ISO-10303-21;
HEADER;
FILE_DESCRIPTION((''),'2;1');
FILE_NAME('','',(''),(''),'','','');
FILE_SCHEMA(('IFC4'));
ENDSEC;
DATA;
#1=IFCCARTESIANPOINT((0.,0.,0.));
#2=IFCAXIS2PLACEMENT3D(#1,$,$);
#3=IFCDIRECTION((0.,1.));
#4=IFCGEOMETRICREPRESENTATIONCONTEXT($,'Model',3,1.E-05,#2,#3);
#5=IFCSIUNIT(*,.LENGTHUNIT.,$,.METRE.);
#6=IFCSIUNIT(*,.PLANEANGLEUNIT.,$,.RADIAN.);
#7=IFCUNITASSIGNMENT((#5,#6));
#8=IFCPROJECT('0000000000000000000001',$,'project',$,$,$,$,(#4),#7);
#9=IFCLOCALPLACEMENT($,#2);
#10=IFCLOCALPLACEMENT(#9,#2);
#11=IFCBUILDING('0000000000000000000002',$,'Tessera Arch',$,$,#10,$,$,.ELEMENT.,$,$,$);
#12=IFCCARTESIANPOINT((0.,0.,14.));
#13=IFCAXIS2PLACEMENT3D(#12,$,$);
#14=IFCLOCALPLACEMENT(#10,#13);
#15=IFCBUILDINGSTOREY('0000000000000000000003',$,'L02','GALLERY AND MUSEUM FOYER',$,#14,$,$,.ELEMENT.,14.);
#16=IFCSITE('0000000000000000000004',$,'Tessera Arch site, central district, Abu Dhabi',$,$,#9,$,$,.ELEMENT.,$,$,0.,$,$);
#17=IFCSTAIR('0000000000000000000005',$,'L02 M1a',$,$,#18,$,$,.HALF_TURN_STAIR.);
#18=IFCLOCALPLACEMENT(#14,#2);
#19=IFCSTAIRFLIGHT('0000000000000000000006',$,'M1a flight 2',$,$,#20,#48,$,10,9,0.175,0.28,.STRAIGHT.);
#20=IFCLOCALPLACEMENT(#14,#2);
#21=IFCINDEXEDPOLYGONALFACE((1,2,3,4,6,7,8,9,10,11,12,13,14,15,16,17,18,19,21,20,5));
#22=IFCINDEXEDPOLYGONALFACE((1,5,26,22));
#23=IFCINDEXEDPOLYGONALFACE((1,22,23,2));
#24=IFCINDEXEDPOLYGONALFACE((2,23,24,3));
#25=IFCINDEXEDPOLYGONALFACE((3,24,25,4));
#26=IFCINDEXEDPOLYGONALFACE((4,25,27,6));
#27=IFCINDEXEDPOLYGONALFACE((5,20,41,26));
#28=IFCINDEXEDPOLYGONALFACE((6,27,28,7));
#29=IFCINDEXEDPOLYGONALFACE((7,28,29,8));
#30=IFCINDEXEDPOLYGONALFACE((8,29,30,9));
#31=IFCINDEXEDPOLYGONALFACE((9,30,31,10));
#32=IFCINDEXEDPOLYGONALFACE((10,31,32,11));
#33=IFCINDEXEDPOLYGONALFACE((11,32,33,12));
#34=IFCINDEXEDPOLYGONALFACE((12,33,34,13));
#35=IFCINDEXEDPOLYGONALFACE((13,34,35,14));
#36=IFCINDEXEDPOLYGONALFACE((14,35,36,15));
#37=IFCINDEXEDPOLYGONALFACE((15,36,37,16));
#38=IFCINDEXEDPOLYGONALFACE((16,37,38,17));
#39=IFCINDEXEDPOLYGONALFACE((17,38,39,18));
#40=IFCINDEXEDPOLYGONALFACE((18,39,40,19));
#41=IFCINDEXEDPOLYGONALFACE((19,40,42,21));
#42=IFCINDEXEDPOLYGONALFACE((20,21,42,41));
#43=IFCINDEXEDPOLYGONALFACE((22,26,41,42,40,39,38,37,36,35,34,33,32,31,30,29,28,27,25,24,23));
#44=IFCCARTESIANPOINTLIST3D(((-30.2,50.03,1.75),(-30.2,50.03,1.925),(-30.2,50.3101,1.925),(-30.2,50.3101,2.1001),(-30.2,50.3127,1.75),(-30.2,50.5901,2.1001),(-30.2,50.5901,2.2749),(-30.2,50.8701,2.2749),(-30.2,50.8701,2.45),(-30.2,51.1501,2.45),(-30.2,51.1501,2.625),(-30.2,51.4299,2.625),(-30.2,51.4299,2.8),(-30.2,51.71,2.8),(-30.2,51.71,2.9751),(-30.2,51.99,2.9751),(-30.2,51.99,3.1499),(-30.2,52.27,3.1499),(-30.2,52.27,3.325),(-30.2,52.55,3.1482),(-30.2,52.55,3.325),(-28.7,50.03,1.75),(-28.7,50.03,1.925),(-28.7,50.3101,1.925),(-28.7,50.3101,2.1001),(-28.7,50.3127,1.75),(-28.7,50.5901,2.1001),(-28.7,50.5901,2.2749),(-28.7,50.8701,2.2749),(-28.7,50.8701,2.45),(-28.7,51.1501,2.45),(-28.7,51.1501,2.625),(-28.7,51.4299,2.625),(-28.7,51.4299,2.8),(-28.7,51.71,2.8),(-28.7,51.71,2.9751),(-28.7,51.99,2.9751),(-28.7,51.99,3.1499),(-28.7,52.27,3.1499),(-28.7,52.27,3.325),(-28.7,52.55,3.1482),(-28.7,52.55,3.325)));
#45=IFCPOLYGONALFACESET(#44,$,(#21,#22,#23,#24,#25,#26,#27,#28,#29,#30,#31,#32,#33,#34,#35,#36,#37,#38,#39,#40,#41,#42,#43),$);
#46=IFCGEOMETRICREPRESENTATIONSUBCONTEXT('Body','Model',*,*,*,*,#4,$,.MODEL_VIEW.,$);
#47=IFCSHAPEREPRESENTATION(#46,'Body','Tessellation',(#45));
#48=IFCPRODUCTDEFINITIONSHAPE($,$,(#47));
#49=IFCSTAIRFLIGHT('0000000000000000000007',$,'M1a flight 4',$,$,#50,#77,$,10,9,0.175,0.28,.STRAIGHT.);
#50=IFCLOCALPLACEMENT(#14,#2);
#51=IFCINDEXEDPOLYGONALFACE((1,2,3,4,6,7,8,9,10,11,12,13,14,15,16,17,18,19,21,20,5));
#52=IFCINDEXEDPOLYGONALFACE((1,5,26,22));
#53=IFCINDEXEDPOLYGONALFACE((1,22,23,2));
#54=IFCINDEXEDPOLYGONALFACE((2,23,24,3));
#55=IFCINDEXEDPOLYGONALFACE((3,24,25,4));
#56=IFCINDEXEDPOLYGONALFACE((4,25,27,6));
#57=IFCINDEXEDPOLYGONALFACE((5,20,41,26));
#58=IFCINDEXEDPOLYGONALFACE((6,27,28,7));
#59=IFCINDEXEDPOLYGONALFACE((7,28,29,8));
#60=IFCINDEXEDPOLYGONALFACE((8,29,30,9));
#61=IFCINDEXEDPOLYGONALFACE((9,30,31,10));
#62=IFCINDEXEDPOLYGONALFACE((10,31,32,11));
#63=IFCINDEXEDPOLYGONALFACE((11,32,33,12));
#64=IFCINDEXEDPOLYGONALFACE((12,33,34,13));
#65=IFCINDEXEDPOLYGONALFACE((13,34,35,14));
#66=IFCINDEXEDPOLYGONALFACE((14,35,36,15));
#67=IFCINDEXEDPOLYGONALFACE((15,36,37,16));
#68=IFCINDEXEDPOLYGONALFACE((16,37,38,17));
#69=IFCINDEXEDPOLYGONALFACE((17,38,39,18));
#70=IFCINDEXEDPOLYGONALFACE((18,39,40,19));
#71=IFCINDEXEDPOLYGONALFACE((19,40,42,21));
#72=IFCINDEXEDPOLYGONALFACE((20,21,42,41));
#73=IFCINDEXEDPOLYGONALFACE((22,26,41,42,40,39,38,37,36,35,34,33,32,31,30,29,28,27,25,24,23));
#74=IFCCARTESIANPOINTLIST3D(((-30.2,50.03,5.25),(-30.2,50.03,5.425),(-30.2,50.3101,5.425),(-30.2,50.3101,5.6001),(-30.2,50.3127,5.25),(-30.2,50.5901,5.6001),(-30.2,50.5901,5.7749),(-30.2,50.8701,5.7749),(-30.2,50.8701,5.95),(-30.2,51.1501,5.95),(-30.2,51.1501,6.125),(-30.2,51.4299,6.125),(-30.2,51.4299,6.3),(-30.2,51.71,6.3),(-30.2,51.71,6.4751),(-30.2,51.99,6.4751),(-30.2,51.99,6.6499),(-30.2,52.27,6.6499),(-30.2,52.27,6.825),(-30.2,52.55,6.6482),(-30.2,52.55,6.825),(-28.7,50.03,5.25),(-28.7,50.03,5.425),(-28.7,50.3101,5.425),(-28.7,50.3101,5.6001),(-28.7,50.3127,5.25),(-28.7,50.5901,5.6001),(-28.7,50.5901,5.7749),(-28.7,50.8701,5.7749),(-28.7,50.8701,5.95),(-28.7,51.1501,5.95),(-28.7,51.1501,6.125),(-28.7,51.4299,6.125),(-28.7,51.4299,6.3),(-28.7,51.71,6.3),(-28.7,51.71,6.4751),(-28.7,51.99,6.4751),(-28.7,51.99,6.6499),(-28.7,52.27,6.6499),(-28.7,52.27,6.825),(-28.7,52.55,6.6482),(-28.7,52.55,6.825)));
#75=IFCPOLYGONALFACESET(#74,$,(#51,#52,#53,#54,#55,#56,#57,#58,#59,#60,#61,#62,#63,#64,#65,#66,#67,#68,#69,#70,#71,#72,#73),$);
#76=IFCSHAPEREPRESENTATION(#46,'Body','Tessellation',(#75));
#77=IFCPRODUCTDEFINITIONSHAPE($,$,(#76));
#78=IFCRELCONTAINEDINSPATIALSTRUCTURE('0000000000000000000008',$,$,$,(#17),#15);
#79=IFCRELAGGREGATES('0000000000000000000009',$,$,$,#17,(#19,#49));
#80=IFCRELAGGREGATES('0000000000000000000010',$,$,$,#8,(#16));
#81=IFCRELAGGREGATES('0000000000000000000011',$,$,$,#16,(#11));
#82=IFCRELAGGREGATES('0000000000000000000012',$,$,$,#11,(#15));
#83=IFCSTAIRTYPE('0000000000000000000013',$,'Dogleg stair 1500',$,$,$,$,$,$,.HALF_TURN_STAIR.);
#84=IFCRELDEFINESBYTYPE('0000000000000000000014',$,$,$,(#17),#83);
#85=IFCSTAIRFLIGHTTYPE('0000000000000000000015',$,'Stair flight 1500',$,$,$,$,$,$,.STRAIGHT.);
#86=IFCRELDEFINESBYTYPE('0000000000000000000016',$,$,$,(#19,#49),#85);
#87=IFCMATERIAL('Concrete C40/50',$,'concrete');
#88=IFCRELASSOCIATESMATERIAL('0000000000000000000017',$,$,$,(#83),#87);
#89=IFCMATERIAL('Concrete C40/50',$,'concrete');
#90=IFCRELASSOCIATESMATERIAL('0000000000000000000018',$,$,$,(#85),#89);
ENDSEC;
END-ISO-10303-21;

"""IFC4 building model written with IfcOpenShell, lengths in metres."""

from ifc_helpers import new_model, si_unit, direction, frame, origin, place, context, subcontext, project, spatial, polyline, outline, extrude, material, type_object, element, aggregate, save


model = new_model("IFC4")

# Units and contexts
model_context = context("Model", 3, precision=1e-05, world=origin(), true_north=direction((0.0, 1.0)))
body_context = subcontext(model_context, "Body", "Model", "MODEL_VIEW")
ifc_project = project(units=[si_unit("LENGTHUNIT", "METRE"), si_unit("PLANEANGLEUNIT", "RADIAN")], contexts=[model_context])

# Site, building, storey
site_placement = place(None, origin())
site = spatial("IfcSite", under=ifc_project, at=site_placement, Name="Tessera Arch site, central district, Abu Dhabi", CompositionType="ELEMENT", RefElevation=0.0)
building_placement = place(site_placement, origin())
building = spatial("IfcBuilding", under=site, at=building_placement, Name="Tessera Arch", CompositionType="ELEMENT")
storey_placement = place(building_placement, frame((0.0, 0.0, 14.0)))
storey = spatial("IfcBuildingStorey", under=building, at=storey_placement, Name="L02", Description="GALLERY AND MUSEUM FOYER", CompositionType="ELEMENT", Elevation=14.0)

# Stair, stair flights
ifc_material_1 = material(Name="Concrete C40/50", Category="concrete")
stair_type = type_object("IfcStairType", Name="Dogleg stair 1500", PredefinedType="HALF_TURN_STAIR", material=ifc_material_1)
stair_placement = place(storey_placement, origin())
stair = element("IfcStair", 1, at=stair_placement, inside=storey, type_object=stair_type, Name="L02 M1a", PredefinedType="HALF_TURN_STAIR")
ifc_material_2 = material(Name="Concrete C40/50", Category="concrete")
stair_flight_type = type_object("IfcStairFlightType", Name="Stair flight 1500", PredefinedType="STRAIGHT", material=ifc_material_2)
stair_flight_1_placement = place(storey_placement, frame((-29.45, 50.03, 1.75), z_axis=(0.0, 0.0, 1.0), x_axis=(0.0, 1.0, 0.0)))
stair_flight_1 = element("IfcStairFlight", 2, at=stair_flight_1_placement, type_object=stair_flight_type, Name="M1a flight 2", NumberOfRisers=10, NumberOfTreads=9, PredefinedType="STRAIGHT", RiserHeight=0.175, TreadLength=0.28, context=body_context, shape_type="SweptSolid", body=[
    extrude(outline(polyline([(0.0, 0.0), (0.0, 0.175), (0.28, 0.175), (0.28, 0.3501), (0.5601, 0.3501), (0.5601, 0.5249), (0.8401, 0.5249), (0.8401, 0.7), (1.1201, 0.7), (1.1201, 0.875), (1.3999, 0.875), (1.3999, 1.05), (1.6799, 1.05), (1.6799, 1.2251), (1.96, 1.2251), (1.96, 1.3999), (2.24, 1.3999), (2.24, 1.575), (2.52, 1.575), (2.52, 1.75), (2.52, 1.3982), (0.2827, 0.0), (0.0, 0.0)])), frame((0.0, 0.75, 0.0), z_axis=(0.0, -1.0, 0.0), x_axis=(1.0, 0.0, 0.0)), (0.0, 0.0, 1.0), 1.5),
])
stair_flight_2_placement = place(storey_placement, frame((-29.45, 50.03, 5.25), z_axis=(0.0, 0.0, 1.0), x_axis=(0.0, 1.0, 0.0)))
stair_flight_2 = element("IfcStairFlight", 3, at=stair_flight_2_placement, type_object=stair_flight_type, Name="M1a flight 4", NumberOfRisers=10, NumberOfTreads=9, PredefinedType="STRAIGHT", RiserHeight=0.175, TreadLength=0.28, context=body_context, shape_type="SweptSolid", body=[
    extrude(outline(polyline([(0.0, 0.0), (0.0, 0.175), (0.28, 0.175), (0.28, 0.3501), (0.5601, 0.3501), (0.5601, 0.5249), (0.8401, 0.5249), (0.8401, 0.7), (1.1201, 0.7), (1.1201, 0.875), (1.3999, 0.875), (1.3999, 1.05), (1.6799, 1.05), (1.6799, 1.2251), (1.96, 1.2251), (1.96, 1.3999), (2.24, 1.3999), (2.24, 1.575), (2.52, 1.575), (2.52, 1.75), (2.52, 1.3982), (0.2827, 0.0), (0.0, 0.0)])), frame((0.0, 0.75, 0.0), z_axis=(0.0, -1.0, 0.0), x_axis=(1.0, 0.0, 0.0)), (0.0, 0.0, 1.0), 1.5),
])
aggregate(stair, [stair_flight_1, stair_flight_2])

save(model, "model.ifc")
